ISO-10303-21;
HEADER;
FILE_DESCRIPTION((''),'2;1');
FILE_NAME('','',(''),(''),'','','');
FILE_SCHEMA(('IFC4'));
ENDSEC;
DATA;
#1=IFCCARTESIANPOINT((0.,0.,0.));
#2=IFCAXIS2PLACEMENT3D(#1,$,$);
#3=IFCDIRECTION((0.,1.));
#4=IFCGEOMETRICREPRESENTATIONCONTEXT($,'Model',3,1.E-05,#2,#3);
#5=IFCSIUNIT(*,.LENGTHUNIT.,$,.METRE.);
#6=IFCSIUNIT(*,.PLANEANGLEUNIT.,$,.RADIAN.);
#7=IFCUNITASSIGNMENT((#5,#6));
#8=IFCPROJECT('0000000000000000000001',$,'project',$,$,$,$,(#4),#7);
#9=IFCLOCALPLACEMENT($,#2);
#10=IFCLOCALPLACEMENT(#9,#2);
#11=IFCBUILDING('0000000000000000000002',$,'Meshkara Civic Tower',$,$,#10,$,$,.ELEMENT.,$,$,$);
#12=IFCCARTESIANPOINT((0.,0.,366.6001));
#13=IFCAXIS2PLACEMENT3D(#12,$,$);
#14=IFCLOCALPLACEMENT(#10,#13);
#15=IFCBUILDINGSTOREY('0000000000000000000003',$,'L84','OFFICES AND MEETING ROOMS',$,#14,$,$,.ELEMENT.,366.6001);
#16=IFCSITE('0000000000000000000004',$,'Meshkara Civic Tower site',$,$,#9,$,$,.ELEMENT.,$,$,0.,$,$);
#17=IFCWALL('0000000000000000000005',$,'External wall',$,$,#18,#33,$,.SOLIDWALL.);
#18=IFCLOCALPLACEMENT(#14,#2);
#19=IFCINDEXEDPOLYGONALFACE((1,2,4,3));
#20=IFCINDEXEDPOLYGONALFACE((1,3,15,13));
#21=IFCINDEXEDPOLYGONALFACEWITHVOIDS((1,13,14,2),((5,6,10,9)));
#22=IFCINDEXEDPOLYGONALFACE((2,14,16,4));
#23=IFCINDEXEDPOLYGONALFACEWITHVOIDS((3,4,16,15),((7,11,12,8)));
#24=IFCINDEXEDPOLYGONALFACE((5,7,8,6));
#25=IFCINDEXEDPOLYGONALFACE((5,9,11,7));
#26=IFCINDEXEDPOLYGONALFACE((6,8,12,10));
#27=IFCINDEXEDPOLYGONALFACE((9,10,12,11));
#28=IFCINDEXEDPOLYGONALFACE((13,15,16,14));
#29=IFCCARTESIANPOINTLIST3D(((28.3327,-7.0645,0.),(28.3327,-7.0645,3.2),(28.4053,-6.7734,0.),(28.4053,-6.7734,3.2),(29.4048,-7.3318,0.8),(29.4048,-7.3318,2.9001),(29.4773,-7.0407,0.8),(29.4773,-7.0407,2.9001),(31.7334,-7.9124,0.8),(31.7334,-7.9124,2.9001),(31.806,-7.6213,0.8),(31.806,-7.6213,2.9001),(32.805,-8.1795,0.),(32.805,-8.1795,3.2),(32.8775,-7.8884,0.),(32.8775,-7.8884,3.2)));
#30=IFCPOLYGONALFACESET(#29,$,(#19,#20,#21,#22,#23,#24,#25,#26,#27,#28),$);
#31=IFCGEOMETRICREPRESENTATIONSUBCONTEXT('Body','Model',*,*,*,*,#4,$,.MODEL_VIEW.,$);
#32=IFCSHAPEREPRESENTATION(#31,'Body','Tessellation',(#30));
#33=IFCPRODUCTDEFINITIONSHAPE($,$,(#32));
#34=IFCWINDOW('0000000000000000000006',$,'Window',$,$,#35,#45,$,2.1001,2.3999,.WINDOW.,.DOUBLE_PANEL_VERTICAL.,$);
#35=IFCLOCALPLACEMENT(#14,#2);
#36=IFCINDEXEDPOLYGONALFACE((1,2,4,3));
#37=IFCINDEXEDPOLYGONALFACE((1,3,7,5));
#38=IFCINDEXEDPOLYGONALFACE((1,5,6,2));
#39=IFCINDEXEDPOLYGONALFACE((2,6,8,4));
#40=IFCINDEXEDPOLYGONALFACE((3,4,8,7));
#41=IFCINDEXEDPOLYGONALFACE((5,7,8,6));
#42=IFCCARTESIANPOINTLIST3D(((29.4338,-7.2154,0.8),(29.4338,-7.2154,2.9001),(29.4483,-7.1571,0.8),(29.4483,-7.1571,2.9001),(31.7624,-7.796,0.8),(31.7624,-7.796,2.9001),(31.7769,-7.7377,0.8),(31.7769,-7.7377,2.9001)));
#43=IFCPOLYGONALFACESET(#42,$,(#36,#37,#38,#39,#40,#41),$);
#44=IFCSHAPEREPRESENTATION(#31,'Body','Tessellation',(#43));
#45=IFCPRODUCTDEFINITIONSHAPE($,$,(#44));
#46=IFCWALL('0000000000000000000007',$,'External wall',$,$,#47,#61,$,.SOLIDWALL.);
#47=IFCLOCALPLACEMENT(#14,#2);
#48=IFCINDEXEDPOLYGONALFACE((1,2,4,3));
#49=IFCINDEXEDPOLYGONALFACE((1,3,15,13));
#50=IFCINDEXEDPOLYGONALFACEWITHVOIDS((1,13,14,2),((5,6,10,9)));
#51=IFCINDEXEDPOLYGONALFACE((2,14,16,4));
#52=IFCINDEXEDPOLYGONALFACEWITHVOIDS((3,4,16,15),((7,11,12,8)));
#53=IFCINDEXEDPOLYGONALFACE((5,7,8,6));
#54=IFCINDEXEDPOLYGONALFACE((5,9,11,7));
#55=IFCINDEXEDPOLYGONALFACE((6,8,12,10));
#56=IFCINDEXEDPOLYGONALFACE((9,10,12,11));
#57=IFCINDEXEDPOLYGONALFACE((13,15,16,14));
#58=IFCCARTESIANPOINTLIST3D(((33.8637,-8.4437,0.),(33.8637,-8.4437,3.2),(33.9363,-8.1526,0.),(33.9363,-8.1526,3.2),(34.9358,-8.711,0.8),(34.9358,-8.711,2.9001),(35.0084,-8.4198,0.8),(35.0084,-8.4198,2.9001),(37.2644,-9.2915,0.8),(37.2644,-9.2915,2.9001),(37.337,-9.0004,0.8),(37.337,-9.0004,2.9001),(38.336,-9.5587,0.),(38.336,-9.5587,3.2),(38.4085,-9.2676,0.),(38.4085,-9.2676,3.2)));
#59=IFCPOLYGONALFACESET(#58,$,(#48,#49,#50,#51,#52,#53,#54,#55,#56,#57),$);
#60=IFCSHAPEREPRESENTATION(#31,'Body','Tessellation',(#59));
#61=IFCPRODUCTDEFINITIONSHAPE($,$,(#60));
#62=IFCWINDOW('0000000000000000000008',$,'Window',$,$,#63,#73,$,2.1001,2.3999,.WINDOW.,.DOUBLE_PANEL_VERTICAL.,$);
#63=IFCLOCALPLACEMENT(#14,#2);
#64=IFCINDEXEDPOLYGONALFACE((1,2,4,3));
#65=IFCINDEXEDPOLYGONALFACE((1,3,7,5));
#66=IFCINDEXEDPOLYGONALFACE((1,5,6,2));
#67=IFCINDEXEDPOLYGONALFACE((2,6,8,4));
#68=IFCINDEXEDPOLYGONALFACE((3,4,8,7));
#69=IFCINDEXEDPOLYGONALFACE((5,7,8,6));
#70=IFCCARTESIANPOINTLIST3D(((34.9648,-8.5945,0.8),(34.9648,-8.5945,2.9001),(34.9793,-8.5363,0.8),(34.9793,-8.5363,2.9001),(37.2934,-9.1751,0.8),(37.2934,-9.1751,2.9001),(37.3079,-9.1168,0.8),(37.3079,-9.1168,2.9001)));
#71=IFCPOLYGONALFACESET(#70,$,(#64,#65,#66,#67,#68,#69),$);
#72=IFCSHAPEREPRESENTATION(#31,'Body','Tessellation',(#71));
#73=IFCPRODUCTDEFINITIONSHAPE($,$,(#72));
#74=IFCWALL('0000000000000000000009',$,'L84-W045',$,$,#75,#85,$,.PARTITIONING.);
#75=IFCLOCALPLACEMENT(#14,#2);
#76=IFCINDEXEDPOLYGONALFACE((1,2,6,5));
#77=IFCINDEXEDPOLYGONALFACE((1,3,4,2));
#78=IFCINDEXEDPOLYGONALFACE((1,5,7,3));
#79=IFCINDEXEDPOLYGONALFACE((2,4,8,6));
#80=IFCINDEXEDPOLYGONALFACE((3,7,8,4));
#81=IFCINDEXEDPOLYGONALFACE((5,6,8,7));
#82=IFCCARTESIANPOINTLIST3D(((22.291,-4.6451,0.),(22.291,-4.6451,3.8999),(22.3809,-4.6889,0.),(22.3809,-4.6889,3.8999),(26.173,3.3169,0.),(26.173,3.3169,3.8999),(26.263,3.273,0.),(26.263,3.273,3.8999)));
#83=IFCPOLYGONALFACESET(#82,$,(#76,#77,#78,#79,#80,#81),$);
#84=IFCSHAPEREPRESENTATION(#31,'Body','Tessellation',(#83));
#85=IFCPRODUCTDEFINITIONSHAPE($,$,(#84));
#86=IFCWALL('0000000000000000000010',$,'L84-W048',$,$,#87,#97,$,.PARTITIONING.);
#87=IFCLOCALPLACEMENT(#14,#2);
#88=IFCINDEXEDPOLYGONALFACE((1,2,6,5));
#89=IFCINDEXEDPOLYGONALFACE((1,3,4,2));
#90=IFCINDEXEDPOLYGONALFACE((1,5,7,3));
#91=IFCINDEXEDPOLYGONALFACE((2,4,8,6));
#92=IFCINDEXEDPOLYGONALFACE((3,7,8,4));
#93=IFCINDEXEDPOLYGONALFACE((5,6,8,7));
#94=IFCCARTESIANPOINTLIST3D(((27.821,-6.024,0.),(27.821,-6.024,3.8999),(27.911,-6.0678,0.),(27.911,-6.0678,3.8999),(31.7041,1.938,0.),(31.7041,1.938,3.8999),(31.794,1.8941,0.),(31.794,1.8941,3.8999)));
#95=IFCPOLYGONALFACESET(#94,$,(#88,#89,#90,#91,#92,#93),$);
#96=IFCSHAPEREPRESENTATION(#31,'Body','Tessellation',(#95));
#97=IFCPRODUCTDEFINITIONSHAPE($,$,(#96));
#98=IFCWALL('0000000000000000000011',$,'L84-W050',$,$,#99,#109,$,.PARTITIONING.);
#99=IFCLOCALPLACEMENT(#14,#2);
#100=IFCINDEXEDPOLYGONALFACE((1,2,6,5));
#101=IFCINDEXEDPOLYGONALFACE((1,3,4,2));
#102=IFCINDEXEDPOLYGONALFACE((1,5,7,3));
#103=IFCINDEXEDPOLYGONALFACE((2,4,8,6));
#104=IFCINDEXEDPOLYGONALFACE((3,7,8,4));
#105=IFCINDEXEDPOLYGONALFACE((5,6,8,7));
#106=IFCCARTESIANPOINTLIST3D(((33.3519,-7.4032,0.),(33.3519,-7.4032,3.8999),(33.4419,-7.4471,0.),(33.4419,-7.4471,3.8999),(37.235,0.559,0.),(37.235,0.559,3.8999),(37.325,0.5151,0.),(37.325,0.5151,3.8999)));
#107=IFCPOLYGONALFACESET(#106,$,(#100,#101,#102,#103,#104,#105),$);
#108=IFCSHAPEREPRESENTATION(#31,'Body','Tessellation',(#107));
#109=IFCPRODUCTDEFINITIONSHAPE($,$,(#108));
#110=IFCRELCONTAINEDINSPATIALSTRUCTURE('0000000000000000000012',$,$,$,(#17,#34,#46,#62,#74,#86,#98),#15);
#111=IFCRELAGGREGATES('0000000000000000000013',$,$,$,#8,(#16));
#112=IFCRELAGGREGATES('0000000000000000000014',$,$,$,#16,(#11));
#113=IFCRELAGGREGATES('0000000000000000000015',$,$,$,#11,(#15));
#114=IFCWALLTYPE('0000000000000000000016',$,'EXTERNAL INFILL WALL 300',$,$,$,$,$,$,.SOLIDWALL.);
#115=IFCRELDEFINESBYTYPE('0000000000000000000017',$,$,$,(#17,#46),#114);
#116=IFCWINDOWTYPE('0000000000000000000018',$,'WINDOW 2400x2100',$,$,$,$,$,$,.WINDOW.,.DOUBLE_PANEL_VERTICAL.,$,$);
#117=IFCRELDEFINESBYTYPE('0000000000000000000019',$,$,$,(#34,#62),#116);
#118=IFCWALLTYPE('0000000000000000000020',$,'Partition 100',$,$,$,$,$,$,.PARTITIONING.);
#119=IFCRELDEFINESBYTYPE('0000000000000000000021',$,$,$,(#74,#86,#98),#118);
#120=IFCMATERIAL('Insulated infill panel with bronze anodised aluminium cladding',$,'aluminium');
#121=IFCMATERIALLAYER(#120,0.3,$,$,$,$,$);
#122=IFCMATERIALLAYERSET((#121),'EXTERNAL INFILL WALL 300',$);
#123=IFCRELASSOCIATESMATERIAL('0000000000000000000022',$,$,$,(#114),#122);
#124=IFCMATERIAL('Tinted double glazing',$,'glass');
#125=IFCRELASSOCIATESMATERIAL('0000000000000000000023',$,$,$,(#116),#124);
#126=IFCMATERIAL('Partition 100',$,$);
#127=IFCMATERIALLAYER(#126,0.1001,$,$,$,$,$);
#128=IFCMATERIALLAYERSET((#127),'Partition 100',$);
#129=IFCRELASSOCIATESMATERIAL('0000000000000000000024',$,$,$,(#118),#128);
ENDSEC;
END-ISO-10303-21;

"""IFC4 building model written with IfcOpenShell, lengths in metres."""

from ifc_helpers import new_model, si_unit, direction, frame, frame_2d, origin, place, context, subcontext, project, spatial, rectangle, extrude, material, layer, layer_set, type_object, element, fill, save


model = new_model("IFC4")

# Units and contexts
model_context = context("Model", 3, precision=1e-05, world=origin(), true_north=direction((0.0, 1.0)))
body_context = subcontext(model_context, "Body", "Model", "MODEL_VIEW")
ifc_project = project(units=[si_unit("LENGTHUNIT", "METRE"), si_unit("PLANEANGLEUNIT", "RADIAN")], contexts=[model_context])

# Site, building, storey
site_placement = place(None, origin())
site = spatial("IfcSite", under=ifc_project, at=site_placement, Name="Meshkara Civic Tower site", CompositionType="ELEMENT", RefElevation=0.0)
building_placement = place(site_placement, origin())
building = spatial("IfcBuilding", under=site, at=building_placement, Name="Meshkara Civic Tower", CompositionType="ELEMENT")
storey_placement = place(building_placement, frame((0.0, 0.0, 366.6001)))
storey = spatial("IfcBuildingStorey", under=building, at=storey_placement, Name="L84", Description="OFFICES AND MEETING ROOMS", CompositionType="ELEMENT", Elevation=366.6001)

# Walls, openings, windows
ifc_material_1 = material(Name="Insulated infill panel with bronze anodised aluminium cladding", Category="aluminium")
ifc_layer_1 = layer(ifc_material_1, 0.3)
ifc_layer_set_1 = layer_set([ifc_layer_1], Name="EXTERNAL INFILL WALL 300")
wall_type_1 = type_object("IfcWallType", Name="EXTERNAL INFILL WALL 300", PredefinedType="SOLIDWALL", material=ifc_layer_set_1)
ifc_material_2 = material(Name="Tinted double glazing", Category="glass")
window_type = type_object("IfcWindowType", Name="WINDOW 2400x2100", PartitioningType="DOUBLE_PANEL_VERTICAL", PredefinedType="WINDOW", material=ifc_material_2)
wall_1_placement = place(storey_placement, frame((28.3689, -6.9189, 0.0), z_axis=(0.0, 0.0, 1.0), x_axis=(0.970298, -0.241912, 0.0)))
wall_1 = element("IfcWall", 1, at=wall_1_placement, inside=storey, type_object=wall_type_1, Name="External wall", PredefinedType="SOLIDWALL", context=body_context, shape_type="SweptSolid", body=[
    extrude(rectangle(XDim=4.6091, YDim=0.3, at=frame_2d((2.3047, 0.0))), origin(), (0.0, 0.0, 1.0), 3.2),
])
opening_1_placement = place(wall_1_placement, frame((1.105, 0.0, 0.8)))
opening_1 = element("IfcOpeningElement", 2, at=opening_1_placement, cuts=wall_1, PredefinedType="OPENING", context=body_context, shape_type="SweptSolid", body=[
    extrude(rectangle(XDim=2.3999, YDim=2.1001, at=frame_2d((1.2, 1.05))), frame((0.0, 0.1599, 0.0), z_axis=(0.0, -1.0, 0.0), x_axis=(1.0, 0.0, 0.0)), (0.0, 0.0, 1.0), 0.3201),
])
window_1_placement = place(opening_1_placement, origin())
window_1 = element("IfcWindow", 3, at=window_1_placement, inside=storey, type_object=window_type, Name="Window", OverallHeight=2.1001, OverallWidth=2.3999, PartitioningType="DOUBLE_PANEL_VERTICAL", PredefinedType="WINDOW", context=body_context, shape_type="SweptSolid", body=[
    extrude(rectangle(XDim=2.3999, YDim=2.1001, at=frame_2d((1.2, 1.05))), frame((0.0, 0.03, 0.0), z_axis=(0.0, -1.0, 0.0), x_axis=(1.0, 0.0, 0.0)), (0.0, 0.0, 1.0), 0.0601),
])
fill(opening_1, window_1)
wall_2_placement = place(storey_placement, frame((33.8999, -8.2981, 0.0), z_axis=(0.0, 0.0, 1.0), x_axis=(0.970298, -0.241912, 0.0)))
wall_2 = element("IfcWall", 4, at=wall_2_placement, inside=storey, type_object=wall_type_1, Name="External wall", PredefinedType="SOLIDWALL", context=body_context, shape_type="SweptSolid", body=[
    extrude(rectangle(XDim=4.6091, YDim=0.3, at=frame_2d((2.3047, 0.0))), origin(), (0.0, 0.0, 1.0), 3.2),
])
opening_2_placement = place(wall_2_placement, frame((1.105, 0.0, 0.8)))
opening_2 = element("IfcOpeningElement", 5, at=opening_2_placement, cuts=wall_2, PredefinedType="OPENING", context=body_context, shape_type="SweptSolid", body=[
    extrude(rectangle(XDim=2.3999, YDim=2.1001, at=frame_2d((1.2, 1.05))), frame((0.0, 0.1599, 0.0), z_axis=(0.0, -1.0, 0.0), x_axis=(1.0, 0.0, 0.0)), (0.0, 0.0, 1.0), 0.3201),
])
window_2_placement = place(opening_2_placement, origin())
window_2 = element("IfcWindow", 6, at=window_2_placement, inside=storey, type_object=window_type, Name="Window", OverallHeight=2.1001, OverallWidth=2.3999, PartitioningType="DOUBLE_PANEL_VERTICAL", PredefinedType="WINDOW", context=body_context, shape_type="SweptSolid", body=[
    extrude(rectangle(XDim=2.3999, YDim=2.1001, at=frame_2d((1.2, 1.05))), frame((0.0, 0.03, 0.0), z_axis=(0.0, -1.0, 0.0), x_axis=(1.0, 0.0, 0.0)), (0.0, 0.0, 1.0), 0.0601),
])
fill(opening_2, window_2)

# Walls
ifc_material_3 = material(Name="Partition 100")
ifc_layer_2 = layer(ifc_material_3, 0.1001)
ifc_layer_set_2 = layer_set([ifc_layer_2], Name="Partition 100")
wall_type_2 = type_object("IfcWallType", Name="Partition 100", PredefinedType="PARTITIONING", material=ifc_layer_set_2)
wall_3_placement = place(storey_placement, frame((22.3359, -4.667, 0.0), z_axis=(0.0, 0.0, 1.0), x_axis=(0.438261, 0.898848, 0.0)))
element("IfcWall", 7, at=wall_3_placement, inside=storey, type_object=wall_type_2, Name="L84-W045", PredefinedType="PARTITIONING", context=body_context, shape_type="SweptSolid", body=[
    extrude(rectangle(XDim=8.8579, YDim=0.1001, at=frame_2d((4.429, 0.0))), origin(), (0.0, 0.0, 1.0), 3.8999),
])
wall_4_placement = place(storey_placement, frame((27.866, -6.0459, 0.0), z_axis=(0.0, 0.0, 1.0), x_axis=(0.43835, 0.898804, 0.0)))
element("IfcWall", 8, at=wall_4_placement, inside=storey, type_object=wall_type_2, Name="L84-W048", PredefinedType="PARTITIONING", context=body_context, shape_type="SweptSolid", body=[
    extrude(rectangle(XDim=8.8584, YDim=0.1001, at=frame_2d((4.4292, 0.0))), origin(), (0.0, 0.0, 1.0), 3.8999),
])
wall_5_placement = place(storey_placement, frame((33.397, -7.425, 0.0), z_axis=(0.0, 0.0, 1.0), x_axis=(0.438339, 0.898809, 0.0)))
element("IfcWall", 9, at=wall_5_placement, inside=storey, type_object=wall_type_2, Name="L84-W050", PredefinedType="PARTITIONING", context=body_context, shape_type="SweptSolid", body=[
    extrude(rectangle(XDim=8.8586, YDim=0.1001, at=frame_2d((4.4292, 0.0))), origin(), (0.0, 0.0, 1.0), 3.8999),
])

save(model, "model.ifc")
